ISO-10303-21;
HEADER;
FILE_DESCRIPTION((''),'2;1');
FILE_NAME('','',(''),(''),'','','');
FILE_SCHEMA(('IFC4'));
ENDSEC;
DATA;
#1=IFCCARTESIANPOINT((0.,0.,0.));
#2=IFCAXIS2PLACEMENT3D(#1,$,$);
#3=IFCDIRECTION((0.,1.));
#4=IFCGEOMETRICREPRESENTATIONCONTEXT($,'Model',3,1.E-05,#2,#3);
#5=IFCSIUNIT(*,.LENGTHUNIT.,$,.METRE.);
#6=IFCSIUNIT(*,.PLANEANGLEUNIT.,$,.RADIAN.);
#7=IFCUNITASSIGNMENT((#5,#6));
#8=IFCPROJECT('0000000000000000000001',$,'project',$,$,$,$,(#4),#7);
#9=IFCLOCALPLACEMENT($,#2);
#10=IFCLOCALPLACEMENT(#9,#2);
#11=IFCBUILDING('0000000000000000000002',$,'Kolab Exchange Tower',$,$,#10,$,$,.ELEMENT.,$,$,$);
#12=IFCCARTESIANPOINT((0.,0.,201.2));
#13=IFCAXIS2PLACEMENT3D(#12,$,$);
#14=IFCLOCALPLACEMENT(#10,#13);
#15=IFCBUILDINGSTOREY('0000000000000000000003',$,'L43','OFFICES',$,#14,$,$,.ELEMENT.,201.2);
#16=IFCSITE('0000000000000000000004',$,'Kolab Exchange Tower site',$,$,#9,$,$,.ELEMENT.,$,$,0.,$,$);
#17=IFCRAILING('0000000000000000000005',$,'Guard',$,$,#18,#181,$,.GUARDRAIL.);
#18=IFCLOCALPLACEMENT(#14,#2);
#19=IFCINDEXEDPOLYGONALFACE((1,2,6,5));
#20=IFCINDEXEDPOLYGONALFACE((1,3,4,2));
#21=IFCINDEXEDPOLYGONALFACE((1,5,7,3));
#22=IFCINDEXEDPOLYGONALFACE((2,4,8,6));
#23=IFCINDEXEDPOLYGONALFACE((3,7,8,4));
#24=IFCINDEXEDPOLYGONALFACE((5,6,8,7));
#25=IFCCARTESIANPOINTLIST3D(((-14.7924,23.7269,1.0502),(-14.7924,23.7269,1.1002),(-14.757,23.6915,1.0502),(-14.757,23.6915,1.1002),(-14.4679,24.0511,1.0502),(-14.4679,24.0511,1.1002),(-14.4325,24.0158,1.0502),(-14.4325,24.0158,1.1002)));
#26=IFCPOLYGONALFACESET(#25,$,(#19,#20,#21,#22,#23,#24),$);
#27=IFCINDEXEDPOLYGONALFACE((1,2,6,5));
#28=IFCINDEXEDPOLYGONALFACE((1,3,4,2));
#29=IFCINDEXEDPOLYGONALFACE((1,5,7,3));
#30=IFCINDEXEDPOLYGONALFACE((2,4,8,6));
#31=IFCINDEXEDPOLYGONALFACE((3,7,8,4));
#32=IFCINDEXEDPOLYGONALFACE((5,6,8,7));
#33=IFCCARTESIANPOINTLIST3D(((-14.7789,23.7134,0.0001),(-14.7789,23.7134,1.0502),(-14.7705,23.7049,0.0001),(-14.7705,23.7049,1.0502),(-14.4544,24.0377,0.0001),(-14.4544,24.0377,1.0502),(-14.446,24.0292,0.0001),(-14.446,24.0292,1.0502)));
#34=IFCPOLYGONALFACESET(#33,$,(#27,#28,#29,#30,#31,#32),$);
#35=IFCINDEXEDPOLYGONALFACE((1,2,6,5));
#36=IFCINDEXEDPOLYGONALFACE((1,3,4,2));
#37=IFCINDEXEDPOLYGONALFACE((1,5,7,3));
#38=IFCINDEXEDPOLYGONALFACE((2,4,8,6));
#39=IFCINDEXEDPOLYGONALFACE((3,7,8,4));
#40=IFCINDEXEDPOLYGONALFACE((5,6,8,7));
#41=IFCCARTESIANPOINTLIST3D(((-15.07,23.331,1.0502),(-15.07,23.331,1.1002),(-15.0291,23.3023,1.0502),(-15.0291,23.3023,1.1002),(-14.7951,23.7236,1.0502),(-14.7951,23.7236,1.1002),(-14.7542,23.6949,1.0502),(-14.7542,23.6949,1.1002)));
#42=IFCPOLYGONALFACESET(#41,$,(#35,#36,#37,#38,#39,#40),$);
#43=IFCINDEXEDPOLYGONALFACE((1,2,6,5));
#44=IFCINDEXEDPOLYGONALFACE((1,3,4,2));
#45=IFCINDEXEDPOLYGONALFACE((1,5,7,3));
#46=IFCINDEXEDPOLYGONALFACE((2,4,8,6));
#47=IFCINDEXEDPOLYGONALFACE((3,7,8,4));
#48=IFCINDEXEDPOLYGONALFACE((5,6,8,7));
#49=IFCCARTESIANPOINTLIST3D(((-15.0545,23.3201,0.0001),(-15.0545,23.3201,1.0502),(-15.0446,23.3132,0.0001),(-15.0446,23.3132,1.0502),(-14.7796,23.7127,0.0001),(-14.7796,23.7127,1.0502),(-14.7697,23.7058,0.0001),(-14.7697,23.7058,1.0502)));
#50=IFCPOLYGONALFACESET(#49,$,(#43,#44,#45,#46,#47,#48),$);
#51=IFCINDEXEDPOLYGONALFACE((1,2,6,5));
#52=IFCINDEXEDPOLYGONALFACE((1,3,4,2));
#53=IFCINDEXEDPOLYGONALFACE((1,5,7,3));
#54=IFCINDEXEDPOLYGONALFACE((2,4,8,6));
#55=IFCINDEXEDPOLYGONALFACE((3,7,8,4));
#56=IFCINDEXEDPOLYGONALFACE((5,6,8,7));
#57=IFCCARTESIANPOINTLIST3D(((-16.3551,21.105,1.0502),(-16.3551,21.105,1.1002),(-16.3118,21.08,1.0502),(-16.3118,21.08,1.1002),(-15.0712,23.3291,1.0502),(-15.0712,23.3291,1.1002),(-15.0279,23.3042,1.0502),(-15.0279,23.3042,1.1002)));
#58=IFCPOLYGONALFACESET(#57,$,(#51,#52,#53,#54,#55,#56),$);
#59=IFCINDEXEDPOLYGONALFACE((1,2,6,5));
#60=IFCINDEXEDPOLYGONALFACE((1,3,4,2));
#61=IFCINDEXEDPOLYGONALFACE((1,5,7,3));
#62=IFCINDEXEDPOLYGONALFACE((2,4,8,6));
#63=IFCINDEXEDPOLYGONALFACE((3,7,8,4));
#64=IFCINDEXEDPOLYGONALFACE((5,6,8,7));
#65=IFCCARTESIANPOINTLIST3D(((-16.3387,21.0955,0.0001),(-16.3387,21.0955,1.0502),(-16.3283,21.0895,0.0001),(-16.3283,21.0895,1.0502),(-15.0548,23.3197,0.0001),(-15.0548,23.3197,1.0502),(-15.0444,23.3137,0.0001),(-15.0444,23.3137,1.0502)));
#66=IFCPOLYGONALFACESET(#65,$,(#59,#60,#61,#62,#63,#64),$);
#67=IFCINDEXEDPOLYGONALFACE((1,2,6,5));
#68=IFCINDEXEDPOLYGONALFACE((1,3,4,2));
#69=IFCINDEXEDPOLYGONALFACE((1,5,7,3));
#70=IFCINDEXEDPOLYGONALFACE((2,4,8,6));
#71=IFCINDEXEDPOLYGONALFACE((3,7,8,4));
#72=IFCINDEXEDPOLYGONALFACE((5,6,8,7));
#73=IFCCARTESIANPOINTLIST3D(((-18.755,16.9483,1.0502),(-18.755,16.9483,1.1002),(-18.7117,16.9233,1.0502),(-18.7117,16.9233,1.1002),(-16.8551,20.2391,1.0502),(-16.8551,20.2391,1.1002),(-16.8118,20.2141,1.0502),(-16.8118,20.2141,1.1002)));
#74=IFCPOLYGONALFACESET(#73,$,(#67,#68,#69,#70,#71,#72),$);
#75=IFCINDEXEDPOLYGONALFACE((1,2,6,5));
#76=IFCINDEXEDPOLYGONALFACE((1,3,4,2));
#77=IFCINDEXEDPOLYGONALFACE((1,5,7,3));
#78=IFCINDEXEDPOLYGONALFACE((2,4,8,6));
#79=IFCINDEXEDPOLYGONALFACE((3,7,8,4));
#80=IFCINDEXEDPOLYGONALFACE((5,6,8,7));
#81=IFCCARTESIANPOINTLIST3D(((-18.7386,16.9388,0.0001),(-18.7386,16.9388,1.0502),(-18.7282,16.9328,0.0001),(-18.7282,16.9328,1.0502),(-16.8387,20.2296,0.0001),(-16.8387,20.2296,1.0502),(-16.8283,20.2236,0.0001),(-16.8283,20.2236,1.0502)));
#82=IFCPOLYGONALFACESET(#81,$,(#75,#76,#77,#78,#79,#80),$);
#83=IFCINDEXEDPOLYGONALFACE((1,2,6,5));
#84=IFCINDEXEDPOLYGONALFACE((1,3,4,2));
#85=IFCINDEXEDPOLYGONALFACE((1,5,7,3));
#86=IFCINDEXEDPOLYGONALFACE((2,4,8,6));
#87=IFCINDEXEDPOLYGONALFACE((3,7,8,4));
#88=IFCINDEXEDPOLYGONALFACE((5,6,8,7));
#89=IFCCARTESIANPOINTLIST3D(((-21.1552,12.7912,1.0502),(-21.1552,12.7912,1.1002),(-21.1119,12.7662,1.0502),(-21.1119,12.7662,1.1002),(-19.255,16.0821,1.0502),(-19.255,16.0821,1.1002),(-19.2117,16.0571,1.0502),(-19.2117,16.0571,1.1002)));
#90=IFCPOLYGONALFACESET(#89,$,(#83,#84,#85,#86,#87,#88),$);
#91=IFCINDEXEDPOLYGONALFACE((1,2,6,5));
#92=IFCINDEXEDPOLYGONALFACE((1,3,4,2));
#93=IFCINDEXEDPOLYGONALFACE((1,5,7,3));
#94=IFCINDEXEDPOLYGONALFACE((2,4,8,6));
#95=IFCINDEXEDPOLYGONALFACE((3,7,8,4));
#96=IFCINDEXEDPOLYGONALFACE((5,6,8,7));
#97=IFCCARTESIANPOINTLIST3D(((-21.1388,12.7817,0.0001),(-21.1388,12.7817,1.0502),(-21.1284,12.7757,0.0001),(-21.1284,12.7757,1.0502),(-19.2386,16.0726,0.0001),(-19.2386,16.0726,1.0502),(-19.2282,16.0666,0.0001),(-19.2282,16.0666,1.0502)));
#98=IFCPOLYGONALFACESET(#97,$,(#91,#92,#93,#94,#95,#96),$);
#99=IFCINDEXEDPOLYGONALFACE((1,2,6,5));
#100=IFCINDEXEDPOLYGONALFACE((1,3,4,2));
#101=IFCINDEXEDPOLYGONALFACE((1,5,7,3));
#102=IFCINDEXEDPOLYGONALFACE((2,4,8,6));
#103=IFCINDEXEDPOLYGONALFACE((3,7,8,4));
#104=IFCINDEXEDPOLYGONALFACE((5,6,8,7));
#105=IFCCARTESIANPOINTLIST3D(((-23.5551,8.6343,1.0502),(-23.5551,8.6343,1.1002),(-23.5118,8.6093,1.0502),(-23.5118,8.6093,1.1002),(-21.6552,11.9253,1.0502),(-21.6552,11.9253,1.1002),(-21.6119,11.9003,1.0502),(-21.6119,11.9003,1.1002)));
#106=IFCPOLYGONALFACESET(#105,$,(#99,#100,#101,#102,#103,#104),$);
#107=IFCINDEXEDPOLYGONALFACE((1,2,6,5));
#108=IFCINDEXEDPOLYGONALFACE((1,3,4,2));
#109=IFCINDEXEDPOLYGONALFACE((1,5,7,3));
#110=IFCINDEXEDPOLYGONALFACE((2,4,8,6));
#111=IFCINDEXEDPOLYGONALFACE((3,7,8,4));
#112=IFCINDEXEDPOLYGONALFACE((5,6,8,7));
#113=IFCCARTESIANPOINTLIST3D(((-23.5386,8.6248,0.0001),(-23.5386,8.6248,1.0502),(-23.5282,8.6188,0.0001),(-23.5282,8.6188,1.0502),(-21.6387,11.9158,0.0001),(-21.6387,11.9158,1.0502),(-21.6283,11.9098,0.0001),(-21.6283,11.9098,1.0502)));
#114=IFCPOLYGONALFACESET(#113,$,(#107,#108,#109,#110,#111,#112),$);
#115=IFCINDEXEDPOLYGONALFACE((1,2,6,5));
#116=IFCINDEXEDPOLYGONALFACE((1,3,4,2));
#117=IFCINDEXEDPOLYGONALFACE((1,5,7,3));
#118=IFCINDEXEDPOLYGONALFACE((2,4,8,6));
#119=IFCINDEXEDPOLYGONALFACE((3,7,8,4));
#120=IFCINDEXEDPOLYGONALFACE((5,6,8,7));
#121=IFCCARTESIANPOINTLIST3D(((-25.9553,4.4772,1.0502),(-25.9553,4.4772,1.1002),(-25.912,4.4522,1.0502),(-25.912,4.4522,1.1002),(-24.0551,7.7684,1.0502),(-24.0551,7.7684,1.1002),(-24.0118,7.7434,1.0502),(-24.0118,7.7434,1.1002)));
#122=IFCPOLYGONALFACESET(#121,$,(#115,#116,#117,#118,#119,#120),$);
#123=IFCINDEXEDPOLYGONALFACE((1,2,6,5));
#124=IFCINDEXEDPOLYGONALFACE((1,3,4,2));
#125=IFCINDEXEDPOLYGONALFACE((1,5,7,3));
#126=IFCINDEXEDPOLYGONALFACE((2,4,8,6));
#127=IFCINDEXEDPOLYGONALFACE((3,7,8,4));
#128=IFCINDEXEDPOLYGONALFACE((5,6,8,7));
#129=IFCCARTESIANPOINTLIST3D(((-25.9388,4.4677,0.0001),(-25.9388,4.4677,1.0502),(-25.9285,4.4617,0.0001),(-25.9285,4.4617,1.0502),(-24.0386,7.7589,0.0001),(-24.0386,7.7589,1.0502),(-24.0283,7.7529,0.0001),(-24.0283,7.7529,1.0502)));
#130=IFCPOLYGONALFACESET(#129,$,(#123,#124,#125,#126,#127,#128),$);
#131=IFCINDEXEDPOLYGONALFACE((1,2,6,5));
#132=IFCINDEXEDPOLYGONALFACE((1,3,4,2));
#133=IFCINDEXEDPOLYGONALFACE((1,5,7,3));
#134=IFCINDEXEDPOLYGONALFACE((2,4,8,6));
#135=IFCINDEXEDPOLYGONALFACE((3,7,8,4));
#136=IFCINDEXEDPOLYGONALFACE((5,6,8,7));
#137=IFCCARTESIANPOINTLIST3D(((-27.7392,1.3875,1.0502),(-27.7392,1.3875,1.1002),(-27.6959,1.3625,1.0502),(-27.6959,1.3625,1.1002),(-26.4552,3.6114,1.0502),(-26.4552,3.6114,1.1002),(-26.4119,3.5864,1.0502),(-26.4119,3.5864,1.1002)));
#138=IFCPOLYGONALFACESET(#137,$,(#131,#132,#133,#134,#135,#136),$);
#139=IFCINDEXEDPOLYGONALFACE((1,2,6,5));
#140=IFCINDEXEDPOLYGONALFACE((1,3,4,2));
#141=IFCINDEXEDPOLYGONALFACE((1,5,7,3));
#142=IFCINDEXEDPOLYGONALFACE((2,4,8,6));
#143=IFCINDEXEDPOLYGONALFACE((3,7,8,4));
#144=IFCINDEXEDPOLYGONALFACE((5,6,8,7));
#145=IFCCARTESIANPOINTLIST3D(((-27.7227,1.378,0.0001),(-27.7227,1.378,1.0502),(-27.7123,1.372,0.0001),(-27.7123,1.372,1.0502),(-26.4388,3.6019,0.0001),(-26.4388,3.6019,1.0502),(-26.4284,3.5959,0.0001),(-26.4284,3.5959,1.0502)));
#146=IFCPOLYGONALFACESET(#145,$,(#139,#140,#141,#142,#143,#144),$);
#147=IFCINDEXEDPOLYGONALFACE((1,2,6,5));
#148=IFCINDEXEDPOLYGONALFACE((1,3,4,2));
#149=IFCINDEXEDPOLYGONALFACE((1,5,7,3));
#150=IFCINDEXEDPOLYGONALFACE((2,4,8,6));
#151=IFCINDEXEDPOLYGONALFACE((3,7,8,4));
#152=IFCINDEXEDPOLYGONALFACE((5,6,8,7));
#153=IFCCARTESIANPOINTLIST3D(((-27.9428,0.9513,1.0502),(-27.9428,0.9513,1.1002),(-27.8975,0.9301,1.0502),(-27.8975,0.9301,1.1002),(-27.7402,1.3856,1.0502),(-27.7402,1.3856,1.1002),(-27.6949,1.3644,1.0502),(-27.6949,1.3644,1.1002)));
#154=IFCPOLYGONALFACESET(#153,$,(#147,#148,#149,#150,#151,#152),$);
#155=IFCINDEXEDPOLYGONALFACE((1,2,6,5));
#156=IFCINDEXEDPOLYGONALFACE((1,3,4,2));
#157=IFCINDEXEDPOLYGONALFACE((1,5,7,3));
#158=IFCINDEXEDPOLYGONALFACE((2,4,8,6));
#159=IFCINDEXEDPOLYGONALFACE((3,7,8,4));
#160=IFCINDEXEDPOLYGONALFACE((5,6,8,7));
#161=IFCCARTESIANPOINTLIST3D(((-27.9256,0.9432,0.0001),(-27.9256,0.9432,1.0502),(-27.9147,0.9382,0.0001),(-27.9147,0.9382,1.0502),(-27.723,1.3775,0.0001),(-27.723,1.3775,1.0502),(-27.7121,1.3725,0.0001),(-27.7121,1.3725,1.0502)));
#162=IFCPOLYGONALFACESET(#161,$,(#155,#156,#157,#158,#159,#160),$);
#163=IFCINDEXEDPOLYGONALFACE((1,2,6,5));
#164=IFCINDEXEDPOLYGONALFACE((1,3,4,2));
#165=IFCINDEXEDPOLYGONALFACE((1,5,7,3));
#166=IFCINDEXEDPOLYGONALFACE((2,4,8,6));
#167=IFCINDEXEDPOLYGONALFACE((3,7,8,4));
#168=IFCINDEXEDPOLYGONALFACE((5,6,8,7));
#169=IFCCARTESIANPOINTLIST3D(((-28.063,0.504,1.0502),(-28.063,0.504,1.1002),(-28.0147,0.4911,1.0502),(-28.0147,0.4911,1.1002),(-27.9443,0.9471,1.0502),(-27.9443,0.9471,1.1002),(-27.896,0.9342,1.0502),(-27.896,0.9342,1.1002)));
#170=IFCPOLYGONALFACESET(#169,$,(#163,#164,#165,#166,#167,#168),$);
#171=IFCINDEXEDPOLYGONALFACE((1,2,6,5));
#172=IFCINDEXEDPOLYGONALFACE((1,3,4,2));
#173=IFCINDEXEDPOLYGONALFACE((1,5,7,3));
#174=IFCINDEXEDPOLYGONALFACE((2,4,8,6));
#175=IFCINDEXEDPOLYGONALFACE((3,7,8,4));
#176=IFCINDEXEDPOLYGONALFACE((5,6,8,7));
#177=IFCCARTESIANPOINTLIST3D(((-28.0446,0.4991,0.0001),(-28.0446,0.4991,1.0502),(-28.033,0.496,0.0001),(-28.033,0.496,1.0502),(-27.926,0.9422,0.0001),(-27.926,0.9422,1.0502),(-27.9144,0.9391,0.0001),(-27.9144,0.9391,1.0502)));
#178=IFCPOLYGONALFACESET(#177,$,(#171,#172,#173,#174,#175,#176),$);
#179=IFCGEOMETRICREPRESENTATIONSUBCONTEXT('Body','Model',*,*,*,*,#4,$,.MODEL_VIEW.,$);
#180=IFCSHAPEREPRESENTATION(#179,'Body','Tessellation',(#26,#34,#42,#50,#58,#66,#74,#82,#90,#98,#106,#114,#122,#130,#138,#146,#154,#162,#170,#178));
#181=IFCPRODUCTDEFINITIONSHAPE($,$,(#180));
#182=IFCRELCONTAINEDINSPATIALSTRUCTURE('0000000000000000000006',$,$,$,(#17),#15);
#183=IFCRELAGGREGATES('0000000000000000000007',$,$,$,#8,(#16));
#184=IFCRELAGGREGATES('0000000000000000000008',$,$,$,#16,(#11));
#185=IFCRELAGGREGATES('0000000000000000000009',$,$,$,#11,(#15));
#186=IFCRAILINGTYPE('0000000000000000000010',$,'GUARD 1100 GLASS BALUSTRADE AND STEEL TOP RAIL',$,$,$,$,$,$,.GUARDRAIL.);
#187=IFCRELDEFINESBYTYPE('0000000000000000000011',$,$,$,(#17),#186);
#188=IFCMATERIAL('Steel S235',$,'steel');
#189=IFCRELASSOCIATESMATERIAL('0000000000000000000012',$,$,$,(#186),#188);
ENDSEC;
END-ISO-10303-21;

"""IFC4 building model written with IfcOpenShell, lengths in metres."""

from ifc_helpers import new_model, si_unit, direction, frame, frame_2d, origin, origin_2d, place, context, subcontext, project, spatial, rectangle, extrude, material, type_object, element, save


model = new_model("IFC4")

# Units and contexts
model_context = context("Model", 3, precision=1e-05, world=origin(), true_north=direction((0.0, 1.0)))
body_context = subcontext(model_context, "Body", "Model", "MODEL_VIEW")
ifc_project = project(units=[si_unit("LENGTHUNIT", "METRE"), si_unit("PLANEANGLEUNIT", "RADIAN")], contexts=[model_context])

# Site, building, storey
site_placement = place(None, origin())
site = spatial("IfcSite", under=ifc_project, at=site_placement, Name="Kolab Exchange Tower site", CompositionType="ELEMENT", RefElevation=0.0)
building_placement = place(site_placement, origin())
building = spatial("IfcBuilding", under=site, at=building_placement, Name="Kolab Exchange Tower", CompositionType="ELEMENT")
storey_placement = place(building_placement, frame((0.0, 0.0, 201.2)))
storey = spatial("IfcBuildingStorey", under=building, at=storey_placement, Name="L43", Description="OFFICES", CompositionType="ELEMENT", Elevation=201.2)

# Shared definitions
ifc_material_1 = material(Name="Steel S235", Category="steel")

# Railing
railing_type = type_object("IfcRailingType", Name="GUARD 1100 GLASS BALUSTRADE AND STEEL TOP RAIL", PredefinedType="GUARDRAIL", material=ifc_material_1)
railing_placement = place(storey_placement, frame((-14.4502, 24.0334, 0.0)))
element("IfcRailing", 1, at=railing_placement, inside=storey, type_object=railing_type, Name="Guard", PredefinedType="GUARDRAIL", context=body_context, shape_type="SweptSolid", body=[
    extrude(rectangle(XDim=0.05, YDim=0.05, at=origin_2d()), frame((0.0, 0.0, 1.0752), z_axis=(-0.707373, -0.706841, 0.0), x_axis=(0.706841, -0.707373, 0.0)), (0.0, 0.0, 1.0), 0.4587),
    extrude(rectangle(XDim=0.012, YDim=1.0501, at=frame_2d((0.0, 0.5251))), frame((0.0, 0.0, 0.0), z_axis=(-0.707373, -0.706841, 0.0), x_axis=(0.706841, -0.707373, 0.0)), (0.0, 0.0, 1.0), 0.4587),
    extrude(rectangle(XDim=0.05, YDim=0.05, at=origin_2d()), frame((-0.3245, -0.3242, 1.0752), z_axis=(-0.573599, -0.819136, 0.0), x_axis=(0.819136, -0.573599, 0.0)), (0.0, 0.0, 1.0), 0.4792),
    extrude(rectangle(XDim=0.012, YDim=1.0501, at=frame_2d((0.0, 0.5251))), frame((-0.3245, -0.3242, 0.0), z_axis=(-0.573599, -0.819136, 0.0), x_axis=(0.819136, -0.573599, 0.0)), (0.0, 0.0, 1.0), 0.4792),
    extrude(rectangle(XDim=0.05, YDim=0.05, at=origin_2d()), frame((-0.5994, -0.7168, 1.0752), z_axis=(-0.499953, -0.866053, 0.0), x_axis=(0.866053, -0.499953, 0.0)), (0.0, 0.0, 1.0), 2.5681),
    extrude(rectangle(XDim=0.012, YDim=1.0501, at=frame_2d((0.0, 0.5251))), frame((-0.5994, -0.7168, 0.0), z_axis=(-0.499953, -0.866053, 0.0), x_axis=(0.866053, -0.499953, 0.0)), (0.0, 0.0, 1.0), 2.5681),
    extrude(rectangle(XDim=0.05, YDim=0.05, at=origin_2d()), frame((-2.3833, -3.8069, 1.0752), z_axis=(-0.499995, -0.866028, 0.0), x_axis=(0.866028, -0.499995, 0.0)), (0.0, 0.0, 1.0), 3.7998),
    extrude(rectangle(XDim=0.012, YDim=1.0501, at=frame_2d((0.0, 0.5251))), frame((-2.3833, -3.8069, 0.0), z_axis=(-0.499995, -0.866028, 0.0), x_axis=(0.866028, -0.499995, 0.0)), (0.0, 0.0, 1.0), 3.7998),
    extrude(rectangle(XDim=0.05, YDim=0.05, at=origin_2d()), frame((-4.7832, -7.9639, 1.0752), z_axis=(-0.500043, -0.866, 0.0), x_axis=(0.866, -0.500043, 0.0)), (0.0, 0.0, 1.0), 3.8),
    extrude(rectangle(XDim=0.012, YDim=1.0501, at=frame_2d((0.0, 0.5251))), frame((-4.7832, -7.9639, 0.0), z_axis=(-0.500043, -0.866, 0.0), x_axis=(0.866, -0.500043, 0.0)), (0.0, 0.0, 1.0), 3.8),
    extrude(rectangle(XDim=0.05, YDim=0.05, at=origin_2d()), frame((-7.1833, -12.1206, 1.0752), z_axis=(-0.499967, -0.866044, 0.0), x_axis=(0.866044, -0.499967, 0.0)), (0.0, 0.0, 1.0), 3.8),
    extrude(rectangle(XDim=0.012, YDim=1.0501, at=frame_2d((0.0, 0.5251))), frame((-7.1833, -12.1206, 0.0), z_axis=(-0.499967, -0.866044, 0.0), x_axis=(0.866044, -0.499967, 0.0)), (0.0, 0.0, 1.0), 3.8),
    extrude(rectangle(XDim=0.05, YDim=0.05, at=origin_2d()), frame((-9.5833, -16.2776, 1.0752), z_axis=(-0.500015, -0.866017, 0.0), x_axis=(0.866017, -0.500015, 0.0)), (0.0, 0.0, 1.0), 3.8003),
    extrude(rectangle(XDim=0.012, YDim=1.0501, at=frame_2d((0.0, 0.5251))), frame((-9.5833, -16.2776, 0.0), z_axis=(-0.500015, -0.866017, 0.0), x_axis=(0.866017, -0.500015, 0.0)), (0.0, 0.0, 1.0), 3.8003),
    extrude(rectangle(XDim=0.05, YDim=0.05, at=origin_2d()), frame((-11.9834, -20.4346, 1.0752), z_axis=(-0.499994, -0.866029, 0.0), x_axis=(0.866029, -0.499994, 0.0)), (0.0, 0.0, 1.0), 2.5679),
    extrude(rectangle(XDim=0.012, YDim=1.0501, at=frame_2d((0.0, 0.5251))), frame((-11.9834, -20.4346, 0.0), z_axis=(-0.499994, -0.866029, 0.0), x_axis=(0.866029, -0.499994, 0.0)), (0.0, 0.0, 1.0), 2.5679),
    extrude(rectangle(XDim=0.05, YDim=0.05, at=origin_2d()), frame((-13.2673, -22.6584, 1.0752), z_axis=(-0.422802, -0.906222, 0.0), x_axis=(0.906222, -0.422802, 0.0)), (0.0, 0.0, 1.0), 0.4792),
    extrude(rectangle(XDim=0.012, YDim=1.0501, at=frame_2d((0.0, 0.5251))), frame((-13.2673, -22.6584, 0.0), z_axis=(-0.422802, -0.906222, 0.0), x_axis=(0.906222, -0.422802, 0.0)), (0.0, 0.0, 1.0), 0.4792),
    extrude(rectangle(XDim=0.05, YDim=0.05, at=origin_2d()), frame((-13.47, -23.0928, 1.0752), z_axis=(-0.258656, -0.965969, 0.0), x_axis=(0.965969, -0.258656, 0.0)), (0.0, 0.0, 1.0), 0.4587),
    extrude(rectangle(XDim=0.012, YDim=1.0501, at=frame_2d((0.0, 0.5251))), frame((-13.47, -23.0928, 0.0), z_axis=(-0.258656, -0.965969, 0.0), x_axis=(0.965969, -0.258656, 0.0)), (0.0, 0.0, 1.0), 0.4587),
])

save(model, "model.ifc")
